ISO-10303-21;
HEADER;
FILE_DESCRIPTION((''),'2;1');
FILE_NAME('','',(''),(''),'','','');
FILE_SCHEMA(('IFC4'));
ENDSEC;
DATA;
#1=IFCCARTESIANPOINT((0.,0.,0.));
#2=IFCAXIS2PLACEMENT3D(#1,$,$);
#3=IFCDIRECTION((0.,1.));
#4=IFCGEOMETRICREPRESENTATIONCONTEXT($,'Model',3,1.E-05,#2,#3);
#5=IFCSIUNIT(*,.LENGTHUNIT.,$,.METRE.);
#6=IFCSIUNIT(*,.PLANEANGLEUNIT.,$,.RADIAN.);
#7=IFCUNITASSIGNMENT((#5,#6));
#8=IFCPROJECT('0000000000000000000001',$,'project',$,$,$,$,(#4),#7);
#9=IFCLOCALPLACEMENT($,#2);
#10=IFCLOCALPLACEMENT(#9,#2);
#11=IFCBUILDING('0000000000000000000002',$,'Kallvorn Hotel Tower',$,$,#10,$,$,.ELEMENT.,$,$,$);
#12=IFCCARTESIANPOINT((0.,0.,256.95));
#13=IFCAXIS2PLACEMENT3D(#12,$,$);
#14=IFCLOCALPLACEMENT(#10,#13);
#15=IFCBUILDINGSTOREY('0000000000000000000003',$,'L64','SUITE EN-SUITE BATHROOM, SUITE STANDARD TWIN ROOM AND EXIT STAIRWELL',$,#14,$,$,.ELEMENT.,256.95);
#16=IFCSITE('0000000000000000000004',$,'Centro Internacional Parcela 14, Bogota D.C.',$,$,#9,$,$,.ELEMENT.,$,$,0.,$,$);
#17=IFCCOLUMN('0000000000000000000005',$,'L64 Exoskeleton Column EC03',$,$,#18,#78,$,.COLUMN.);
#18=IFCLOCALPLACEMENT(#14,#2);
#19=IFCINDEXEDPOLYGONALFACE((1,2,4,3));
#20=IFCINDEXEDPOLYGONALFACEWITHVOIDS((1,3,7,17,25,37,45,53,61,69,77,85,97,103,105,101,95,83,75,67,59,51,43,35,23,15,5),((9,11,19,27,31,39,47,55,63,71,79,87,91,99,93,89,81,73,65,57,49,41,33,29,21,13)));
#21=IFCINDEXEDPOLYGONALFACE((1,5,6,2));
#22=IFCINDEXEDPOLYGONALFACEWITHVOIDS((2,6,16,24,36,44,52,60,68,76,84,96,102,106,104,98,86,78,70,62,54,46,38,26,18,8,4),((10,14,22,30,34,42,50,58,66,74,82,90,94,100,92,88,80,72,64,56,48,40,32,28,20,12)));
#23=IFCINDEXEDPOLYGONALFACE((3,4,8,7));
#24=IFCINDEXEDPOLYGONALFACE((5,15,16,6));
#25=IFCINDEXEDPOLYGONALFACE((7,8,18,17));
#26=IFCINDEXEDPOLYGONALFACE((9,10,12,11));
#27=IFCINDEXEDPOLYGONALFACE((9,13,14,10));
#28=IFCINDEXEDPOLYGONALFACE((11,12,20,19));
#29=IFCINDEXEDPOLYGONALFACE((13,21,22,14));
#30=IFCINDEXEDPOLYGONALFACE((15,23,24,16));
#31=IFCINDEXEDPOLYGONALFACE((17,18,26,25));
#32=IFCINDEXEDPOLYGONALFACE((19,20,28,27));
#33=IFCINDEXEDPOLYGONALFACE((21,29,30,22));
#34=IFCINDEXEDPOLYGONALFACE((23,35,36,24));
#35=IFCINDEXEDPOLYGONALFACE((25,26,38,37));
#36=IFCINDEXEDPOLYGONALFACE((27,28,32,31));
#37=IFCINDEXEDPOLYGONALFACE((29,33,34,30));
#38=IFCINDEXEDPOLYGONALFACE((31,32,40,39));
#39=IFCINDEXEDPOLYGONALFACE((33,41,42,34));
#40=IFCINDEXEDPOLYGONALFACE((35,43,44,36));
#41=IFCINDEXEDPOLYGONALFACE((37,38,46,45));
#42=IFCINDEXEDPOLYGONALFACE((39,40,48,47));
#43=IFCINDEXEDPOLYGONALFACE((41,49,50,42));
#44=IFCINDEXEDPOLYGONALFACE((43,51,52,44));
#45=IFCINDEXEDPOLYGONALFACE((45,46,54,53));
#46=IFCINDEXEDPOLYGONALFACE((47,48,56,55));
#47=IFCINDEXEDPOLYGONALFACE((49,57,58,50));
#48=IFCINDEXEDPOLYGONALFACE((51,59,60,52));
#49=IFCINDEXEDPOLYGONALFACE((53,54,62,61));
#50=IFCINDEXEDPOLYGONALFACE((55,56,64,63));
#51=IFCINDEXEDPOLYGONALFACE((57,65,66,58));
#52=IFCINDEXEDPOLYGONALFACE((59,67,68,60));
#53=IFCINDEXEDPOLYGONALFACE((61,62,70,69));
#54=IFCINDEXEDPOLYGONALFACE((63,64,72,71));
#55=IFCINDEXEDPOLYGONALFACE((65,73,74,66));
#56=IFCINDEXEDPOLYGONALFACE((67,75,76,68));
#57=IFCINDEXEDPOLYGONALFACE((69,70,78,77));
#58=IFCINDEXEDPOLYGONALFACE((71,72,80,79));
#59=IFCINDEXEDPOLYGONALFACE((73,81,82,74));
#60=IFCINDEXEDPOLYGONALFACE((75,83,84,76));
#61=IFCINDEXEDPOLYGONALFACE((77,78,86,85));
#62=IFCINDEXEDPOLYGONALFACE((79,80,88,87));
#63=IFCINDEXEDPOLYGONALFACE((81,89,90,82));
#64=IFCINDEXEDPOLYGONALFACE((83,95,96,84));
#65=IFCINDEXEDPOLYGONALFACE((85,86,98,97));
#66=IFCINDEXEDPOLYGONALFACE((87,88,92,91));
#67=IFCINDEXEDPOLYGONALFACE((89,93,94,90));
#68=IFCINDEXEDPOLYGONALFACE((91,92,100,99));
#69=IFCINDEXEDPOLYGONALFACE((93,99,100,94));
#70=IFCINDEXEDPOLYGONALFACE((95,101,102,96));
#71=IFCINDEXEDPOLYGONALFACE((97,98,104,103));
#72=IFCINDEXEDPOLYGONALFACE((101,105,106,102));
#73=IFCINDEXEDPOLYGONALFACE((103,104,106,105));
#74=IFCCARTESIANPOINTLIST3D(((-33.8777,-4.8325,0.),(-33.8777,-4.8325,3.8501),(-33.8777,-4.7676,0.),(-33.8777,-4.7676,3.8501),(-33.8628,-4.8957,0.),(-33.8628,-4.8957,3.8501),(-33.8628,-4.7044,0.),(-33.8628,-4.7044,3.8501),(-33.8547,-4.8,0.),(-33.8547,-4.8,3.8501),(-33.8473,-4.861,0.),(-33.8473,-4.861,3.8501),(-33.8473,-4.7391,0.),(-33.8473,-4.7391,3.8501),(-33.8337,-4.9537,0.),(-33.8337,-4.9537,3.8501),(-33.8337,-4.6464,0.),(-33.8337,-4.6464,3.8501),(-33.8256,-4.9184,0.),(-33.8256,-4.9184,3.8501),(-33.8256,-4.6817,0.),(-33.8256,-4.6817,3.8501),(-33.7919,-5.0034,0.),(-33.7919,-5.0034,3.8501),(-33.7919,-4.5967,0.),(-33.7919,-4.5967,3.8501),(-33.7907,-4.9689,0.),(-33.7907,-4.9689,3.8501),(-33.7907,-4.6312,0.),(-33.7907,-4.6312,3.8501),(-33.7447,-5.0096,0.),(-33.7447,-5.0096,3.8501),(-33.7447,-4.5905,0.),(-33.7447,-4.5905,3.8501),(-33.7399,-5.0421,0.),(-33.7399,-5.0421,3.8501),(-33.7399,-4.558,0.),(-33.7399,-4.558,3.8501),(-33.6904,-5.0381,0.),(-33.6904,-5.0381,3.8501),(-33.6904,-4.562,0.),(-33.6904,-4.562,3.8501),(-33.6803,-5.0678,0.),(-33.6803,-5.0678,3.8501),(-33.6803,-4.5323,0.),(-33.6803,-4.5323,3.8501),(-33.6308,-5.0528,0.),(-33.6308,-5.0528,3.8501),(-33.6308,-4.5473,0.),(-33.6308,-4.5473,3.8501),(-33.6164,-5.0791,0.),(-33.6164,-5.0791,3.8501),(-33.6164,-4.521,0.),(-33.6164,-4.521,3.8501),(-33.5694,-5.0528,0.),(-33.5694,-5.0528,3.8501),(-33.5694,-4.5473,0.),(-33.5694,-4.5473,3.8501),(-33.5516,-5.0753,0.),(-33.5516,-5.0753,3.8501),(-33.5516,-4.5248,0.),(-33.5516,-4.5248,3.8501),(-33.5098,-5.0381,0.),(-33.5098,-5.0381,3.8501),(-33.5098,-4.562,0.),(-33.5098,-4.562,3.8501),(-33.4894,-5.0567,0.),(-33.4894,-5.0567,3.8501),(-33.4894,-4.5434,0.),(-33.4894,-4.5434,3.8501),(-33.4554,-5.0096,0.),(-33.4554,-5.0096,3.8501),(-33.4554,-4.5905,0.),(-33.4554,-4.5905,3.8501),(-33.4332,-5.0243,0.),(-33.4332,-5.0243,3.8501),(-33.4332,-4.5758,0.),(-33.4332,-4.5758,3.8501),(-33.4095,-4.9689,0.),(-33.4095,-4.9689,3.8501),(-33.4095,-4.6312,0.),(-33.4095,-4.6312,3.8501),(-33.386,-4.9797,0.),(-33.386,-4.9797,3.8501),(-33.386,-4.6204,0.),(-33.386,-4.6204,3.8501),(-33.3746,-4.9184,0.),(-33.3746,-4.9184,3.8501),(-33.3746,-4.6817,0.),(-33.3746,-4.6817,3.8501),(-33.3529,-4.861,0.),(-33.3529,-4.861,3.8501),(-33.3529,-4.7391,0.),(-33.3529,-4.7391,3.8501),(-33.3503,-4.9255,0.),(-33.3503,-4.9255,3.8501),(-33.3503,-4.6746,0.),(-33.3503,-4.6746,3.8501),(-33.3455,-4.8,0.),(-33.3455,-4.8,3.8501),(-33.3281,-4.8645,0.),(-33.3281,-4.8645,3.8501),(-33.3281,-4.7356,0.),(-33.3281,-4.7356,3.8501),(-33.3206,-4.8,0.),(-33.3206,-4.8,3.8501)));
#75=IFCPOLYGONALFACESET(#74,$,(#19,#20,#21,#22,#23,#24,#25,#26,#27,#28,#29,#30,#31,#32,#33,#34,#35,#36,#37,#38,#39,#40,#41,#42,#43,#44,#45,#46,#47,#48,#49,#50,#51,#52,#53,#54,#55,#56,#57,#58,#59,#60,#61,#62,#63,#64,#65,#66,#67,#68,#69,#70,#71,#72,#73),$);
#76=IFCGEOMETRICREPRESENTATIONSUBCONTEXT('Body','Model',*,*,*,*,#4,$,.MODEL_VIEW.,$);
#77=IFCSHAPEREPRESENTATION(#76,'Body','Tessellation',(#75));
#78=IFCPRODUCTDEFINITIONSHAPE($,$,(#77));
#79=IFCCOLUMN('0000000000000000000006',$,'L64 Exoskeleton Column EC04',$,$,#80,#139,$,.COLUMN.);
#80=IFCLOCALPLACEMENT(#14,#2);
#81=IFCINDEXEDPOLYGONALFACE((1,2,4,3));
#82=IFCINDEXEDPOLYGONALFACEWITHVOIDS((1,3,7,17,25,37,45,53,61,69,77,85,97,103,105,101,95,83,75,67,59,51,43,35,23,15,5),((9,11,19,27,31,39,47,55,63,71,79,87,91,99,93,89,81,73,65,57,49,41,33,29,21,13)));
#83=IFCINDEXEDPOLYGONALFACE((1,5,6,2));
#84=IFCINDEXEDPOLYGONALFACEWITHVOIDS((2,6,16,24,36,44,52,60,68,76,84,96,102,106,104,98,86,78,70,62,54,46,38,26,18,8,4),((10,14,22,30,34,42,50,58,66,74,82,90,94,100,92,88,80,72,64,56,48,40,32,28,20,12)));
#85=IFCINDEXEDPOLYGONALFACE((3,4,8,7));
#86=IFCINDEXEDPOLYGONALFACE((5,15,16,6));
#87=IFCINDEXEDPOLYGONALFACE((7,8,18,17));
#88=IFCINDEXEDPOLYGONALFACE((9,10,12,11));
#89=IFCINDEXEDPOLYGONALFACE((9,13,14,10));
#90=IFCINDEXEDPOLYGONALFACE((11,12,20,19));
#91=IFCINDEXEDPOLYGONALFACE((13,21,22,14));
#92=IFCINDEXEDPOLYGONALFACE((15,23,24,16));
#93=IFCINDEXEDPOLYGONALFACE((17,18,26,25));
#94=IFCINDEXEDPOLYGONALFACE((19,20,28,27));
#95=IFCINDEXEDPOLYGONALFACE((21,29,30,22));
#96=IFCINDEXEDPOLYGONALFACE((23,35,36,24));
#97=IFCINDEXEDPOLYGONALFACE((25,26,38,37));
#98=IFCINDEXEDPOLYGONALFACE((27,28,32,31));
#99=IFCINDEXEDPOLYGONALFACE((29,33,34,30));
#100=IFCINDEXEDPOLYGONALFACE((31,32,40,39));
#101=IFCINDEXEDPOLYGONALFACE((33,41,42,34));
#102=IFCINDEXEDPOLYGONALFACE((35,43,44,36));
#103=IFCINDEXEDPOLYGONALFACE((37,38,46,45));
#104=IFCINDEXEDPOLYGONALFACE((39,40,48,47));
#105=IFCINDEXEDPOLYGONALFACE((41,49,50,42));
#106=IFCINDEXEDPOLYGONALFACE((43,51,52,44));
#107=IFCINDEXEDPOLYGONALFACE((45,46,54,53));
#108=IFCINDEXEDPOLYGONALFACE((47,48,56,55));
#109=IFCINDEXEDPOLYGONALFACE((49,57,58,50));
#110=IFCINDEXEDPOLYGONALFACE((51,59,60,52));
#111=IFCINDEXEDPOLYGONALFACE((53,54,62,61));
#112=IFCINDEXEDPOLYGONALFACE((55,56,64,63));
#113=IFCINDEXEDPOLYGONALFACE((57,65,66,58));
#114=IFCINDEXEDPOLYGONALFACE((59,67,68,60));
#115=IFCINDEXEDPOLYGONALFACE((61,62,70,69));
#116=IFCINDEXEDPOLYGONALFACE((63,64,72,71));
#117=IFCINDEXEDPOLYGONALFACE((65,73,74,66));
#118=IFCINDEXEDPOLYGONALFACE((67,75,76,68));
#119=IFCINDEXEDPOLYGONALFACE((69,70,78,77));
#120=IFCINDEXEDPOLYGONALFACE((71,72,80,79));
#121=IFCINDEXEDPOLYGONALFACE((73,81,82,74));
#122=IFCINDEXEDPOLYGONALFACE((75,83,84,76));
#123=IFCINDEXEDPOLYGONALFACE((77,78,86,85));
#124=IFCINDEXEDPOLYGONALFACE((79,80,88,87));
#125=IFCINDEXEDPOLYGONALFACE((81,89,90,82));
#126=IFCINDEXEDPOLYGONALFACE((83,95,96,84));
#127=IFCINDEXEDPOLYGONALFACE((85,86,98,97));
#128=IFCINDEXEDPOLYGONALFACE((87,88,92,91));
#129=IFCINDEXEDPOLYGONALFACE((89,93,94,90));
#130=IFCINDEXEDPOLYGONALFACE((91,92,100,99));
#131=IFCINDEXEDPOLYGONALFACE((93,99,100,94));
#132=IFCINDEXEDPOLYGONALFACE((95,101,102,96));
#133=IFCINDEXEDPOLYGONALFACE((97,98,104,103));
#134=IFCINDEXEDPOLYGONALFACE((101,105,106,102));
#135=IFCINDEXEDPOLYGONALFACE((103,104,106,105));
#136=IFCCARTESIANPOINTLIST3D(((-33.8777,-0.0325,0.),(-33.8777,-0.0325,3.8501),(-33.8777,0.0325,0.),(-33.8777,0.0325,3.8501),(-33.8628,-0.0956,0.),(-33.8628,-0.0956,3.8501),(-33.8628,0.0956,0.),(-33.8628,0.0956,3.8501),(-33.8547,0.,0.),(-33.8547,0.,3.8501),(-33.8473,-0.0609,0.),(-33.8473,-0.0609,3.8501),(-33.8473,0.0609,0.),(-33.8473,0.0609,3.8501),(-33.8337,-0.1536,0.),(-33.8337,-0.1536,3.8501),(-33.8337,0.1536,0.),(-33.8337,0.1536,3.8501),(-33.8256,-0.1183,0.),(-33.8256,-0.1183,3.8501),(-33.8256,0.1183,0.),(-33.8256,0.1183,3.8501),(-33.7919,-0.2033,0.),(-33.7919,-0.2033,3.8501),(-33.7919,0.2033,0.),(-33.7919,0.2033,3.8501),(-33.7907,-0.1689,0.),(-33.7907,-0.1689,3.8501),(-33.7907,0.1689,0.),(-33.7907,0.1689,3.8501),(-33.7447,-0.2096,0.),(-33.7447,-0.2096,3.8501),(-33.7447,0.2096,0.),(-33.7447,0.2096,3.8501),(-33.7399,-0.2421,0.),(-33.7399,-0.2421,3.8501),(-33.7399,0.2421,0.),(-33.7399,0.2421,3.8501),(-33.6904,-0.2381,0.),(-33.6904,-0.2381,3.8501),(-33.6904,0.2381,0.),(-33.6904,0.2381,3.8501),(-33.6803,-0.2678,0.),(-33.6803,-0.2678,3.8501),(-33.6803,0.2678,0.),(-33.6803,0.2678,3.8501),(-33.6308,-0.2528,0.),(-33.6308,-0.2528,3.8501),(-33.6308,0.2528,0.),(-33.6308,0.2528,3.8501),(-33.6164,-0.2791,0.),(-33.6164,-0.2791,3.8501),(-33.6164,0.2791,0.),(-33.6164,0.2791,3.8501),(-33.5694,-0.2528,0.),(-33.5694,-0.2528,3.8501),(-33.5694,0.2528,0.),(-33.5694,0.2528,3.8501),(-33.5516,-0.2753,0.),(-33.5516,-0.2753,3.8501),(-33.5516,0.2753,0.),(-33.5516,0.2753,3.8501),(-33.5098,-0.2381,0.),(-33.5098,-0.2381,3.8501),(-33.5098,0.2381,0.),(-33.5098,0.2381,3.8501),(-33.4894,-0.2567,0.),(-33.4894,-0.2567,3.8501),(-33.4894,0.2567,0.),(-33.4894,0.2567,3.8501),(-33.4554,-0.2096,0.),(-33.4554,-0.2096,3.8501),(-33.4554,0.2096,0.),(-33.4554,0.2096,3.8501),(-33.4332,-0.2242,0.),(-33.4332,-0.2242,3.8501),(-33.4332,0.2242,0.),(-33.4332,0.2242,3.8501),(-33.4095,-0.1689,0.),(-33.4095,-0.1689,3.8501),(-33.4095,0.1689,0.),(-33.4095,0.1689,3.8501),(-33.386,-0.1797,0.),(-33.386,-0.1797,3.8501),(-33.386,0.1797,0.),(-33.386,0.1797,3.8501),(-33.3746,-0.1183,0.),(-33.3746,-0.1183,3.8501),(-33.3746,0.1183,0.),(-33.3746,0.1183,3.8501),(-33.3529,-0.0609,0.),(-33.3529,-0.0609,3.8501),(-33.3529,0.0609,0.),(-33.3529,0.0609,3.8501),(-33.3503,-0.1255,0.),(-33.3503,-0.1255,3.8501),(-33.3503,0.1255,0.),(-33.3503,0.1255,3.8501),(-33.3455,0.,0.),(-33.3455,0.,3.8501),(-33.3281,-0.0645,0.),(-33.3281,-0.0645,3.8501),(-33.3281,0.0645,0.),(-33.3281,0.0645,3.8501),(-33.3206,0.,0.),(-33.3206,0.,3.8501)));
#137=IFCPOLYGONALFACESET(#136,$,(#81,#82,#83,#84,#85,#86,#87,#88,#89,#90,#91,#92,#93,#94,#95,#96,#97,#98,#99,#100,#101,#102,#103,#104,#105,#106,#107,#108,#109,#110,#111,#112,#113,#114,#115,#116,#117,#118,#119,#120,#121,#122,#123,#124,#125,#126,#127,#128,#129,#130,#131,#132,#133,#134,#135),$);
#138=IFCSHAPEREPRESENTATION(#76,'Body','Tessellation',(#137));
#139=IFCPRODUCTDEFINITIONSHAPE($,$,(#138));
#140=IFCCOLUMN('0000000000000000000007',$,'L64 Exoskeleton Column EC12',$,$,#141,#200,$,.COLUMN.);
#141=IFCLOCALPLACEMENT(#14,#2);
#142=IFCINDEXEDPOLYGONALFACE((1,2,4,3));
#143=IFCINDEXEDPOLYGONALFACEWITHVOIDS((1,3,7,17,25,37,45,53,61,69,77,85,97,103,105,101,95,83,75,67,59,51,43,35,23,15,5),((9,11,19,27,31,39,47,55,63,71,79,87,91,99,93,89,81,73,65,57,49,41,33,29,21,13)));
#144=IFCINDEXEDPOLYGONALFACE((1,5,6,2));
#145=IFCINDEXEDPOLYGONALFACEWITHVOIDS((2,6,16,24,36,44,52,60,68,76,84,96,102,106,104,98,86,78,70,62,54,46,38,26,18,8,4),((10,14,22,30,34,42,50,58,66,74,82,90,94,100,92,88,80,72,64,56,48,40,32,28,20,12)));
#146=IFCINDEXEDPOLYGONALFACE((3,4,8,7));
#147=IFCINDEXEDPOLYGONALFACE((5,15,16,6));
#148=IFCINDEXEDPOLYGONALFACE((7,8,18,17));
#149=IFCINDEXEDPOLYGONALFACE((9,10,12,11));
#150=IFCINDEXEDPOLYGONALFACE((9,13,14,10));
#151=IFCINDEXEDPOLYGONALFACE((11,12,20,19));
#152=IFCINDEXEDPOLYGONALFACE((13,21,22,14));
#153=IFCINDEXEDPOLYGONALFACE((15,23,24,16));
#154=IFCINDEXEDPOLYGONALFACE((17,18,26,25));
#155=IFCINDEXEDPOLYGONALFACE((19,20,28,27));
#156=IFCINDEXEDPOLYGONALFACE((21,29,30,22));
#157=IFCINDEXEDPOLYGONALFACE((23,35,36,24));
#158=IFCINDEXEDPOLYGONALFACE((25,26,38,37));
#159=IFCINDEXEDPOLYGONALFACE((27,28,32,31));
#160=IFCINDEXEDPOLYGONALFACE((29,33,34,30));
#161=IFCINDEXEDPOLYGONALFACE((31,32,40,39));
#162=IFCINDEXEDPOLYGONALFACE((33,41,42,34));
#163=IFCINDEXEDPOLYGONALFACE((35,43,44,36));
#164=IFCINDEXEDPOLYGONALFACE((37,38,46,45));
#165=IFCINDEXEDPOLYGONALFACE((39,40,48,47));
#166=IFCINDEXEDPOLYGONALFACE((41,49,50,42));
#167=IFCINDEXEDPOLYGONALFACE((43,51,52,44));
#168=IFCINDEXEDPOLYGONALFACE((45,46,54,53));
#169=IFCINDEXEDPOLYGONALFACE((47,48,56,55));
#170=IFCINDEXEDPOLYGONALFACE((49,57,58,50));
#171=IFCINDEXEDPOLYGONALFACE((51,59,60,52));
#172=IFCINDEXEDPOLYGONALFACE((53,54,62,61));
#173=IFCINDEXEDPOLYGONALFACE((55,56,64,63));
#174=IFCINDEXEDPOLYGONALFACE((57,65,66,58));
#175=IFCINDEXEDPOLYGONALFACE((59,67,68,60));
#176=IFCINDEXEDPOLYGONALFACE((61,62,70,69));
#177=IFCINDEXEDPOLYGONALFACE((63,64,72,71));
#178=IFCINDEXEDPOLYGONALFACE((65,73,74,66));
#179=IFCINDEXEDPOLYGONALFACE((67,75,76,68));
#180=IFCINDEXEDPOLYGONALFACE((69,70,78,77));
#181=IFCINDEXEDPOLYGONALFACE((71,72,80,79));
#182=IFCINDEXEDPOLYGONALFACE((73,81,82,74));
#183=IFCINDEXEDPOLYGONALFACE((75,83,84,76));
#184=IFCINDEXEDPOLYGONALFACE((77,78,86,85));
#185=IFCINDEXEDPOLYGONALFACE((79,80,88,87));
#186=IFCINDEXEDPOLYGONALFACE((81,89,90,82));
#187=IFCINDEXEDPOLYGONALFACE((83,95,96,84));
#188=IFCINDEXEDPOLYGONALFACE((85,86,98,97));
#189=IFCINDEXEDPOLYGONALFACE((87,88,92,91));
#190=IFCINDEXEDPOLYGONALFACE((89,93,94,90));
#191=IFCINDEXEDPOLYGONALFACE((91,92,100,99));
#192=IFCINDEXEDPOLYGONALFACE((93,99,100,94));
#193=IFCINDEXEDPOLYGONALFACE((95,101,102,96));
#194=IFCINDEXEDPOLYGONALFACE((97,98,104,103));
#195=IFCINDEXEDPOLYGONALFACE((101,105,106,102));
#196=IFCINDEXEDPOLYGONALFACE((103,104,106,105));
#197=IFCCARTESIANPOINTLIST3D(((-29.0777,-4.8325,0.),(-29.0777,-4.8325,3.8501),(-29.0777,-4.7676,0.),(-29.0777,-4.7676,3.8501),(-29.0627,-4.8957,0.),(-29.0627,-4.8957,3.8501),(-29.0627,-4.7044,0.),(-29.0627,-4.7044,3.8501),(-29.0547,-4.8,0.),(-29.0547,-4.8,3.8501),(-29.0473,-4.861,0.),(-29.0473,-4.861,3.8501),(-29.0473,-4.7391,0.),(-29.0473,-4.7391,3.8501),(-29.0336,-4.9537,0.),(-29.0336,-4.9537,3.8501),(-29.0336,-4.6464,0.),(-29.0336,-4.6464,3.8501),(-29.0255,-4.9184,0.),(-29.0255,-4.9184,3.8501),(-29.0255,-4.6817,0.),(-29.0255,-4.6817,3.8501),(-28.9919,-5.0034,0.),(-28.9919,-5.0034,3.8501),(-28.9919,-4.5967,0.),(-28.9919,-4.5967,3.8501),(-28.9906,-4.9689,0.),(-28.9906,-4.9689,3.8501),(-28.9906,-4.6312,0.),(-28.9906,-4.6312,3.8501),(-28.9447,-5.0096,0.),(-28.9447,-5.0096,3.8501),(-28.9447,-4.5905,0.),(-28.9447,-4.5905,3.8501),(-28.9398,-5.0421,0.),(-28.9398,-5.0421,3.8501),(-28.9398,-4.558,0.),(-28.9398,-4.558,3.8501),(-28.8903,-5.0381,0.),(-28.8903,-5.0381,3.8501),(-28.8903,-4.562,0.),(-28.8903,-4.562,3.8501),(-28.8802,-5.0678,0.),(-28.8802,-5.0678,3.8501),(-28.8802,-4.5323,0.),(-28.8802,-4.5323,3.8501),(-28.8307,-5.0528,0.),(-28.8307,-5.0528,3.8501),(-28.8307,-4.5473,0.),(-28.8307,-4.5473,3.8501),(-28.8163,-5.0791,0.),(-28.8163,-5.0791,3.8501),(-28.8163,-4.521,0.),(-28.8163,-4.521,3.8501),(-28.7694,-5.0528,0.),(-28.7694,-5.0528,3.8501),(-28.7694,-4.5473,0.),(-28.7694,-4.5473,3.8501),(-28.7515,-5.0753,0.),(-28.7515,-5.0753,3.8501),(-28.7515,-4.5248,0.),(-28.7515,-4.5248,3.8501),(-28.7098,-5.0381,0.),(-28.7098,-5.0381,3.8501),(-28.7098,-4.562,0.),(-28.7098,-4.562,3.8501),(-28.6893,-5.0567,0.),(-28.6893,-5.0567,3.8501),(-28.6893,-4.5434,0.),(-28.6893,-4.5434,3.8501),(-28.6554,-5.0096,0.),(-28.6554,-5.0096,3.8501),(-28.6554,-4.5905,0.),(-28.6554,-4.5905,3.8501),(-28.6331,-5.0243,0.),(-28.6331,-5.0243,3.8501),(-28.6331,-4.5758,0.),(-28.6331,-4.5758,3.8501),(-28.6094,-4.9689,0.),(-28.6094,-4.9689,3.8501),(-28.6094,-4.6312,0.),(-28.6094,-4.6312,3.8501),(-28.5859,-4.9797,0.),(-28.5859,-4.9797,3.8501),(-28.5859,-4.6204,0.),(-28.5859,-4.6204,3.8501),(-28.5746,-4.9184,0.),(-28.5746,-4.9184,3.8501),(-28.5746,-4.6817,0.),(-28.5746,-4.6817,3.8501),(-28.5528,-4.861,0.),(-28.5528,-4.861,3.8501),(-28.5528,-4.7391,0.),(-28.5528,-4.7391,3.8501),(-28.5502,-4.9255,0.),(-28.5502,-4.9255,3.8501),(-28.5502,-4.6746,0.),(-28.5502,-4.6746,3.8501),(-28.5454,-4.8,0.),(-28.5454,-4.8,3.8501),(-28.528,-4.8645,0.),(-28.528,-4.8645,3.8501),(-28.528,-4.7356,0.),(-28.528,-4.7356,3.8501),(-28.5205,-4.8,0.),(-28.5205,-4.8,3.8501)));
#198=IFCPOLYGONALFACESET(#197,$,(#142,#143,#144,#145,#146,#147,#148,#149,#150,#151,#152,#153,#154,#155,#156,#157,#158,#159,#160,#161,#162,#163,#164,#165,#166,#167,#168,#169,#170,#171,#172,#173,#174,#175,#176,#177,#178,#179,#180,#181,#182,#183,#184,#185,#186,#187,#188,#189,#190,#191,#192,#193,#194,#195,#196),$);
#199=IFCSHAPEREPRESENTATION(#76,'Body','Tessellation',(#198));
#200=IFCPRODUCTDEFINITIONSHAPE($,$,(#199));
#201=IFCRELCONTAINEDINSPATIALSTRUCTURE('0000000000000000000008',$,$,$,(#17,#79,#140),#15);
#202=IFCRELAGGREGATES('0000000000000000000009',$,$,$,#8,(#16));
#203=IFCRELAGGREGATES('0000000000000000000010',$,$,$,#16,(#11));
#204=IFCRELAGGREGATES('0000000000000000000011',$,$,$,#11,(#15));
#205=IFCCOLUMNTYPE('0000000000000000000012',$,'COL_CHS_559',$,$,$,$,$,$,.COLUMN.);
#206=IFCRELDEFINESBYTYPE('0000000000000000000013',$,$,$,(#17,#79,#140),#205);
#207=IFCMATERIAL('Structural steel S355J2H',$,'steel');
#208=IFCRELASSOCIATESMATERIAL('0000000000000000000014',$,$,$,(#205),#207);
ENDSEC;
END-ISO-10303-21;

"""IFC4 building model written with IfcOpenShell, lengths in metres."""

from ifc_helpers import new_model, si_unit, direction, frame, origin, origin_2d, place, context, subcontext, project, spatial, hollow_circle, extrude, material, material_profile, profile_set, type_object, element, save


model = new_model("IFC4")

# Units and contexts
model_context = context("Model", 3, precision=1e-05, world=origin(), true_north=direction((0.0, 1.0)))
body_context = subcontext(model_context, "Body", "Model", "MODEL_VIEW")
ifc_project = project(units=[si_unit("LENGTHUNIT", "METRE"), si_unit("PLANEANGLEUNIT", "RADIAN")], contexts=[model_context])

# Site, building, storey
site_placement = place(None, origin())
site = spatial("IfcSite", under=ifc_project, at=site_placement, Name="Centro Internacional Parcela 14, Bogota D.C.", CompositionType="ELEMENT", RefElevation=0.0)
building_placement = place(site_placement, origin())
building = spatial("IfcBuilding", under=site, at=building_placement, Name="Kallvorn Hotel Tower", CompositionType="ELEMENT")
storey_placement = place(building_placement, frame((0.0, 0.0, 256.95)))
storey = spatial("IfcBuildingStorey", under=building, at=storey_placement, Name="L64", Description="SUITE EN-SUITE BATHROOM, SUITE STANDARD TWIN ROOM AND EXIT STAIRWELL", CompositionType="ELEMENT", Elevation=256.95)

# Columns
ifc_material_1 = material(Name="Structural steel S355J2H", Category="steel")
ifc_material_profile_1 = material_profile(ifc_material_1, hollow_circle(Radius=0.2795, WallThickness=0.0249, at=origin_2d()), Name="CHS 559x25")
ifc_profile_set_1 = profile_set([ifc_material_profile_1], Name="Structural steel S355J2H")
column_type_1 = type_object("IfcColumnType", Name="COL_CHS_559", PredefinedType="COLUMN", material=ifc_profile_set_1)
for number, where, z_axis, x_axis, name in (
    (1, (-33.6001, -4.8, 0.0), (0.0, 0.0, 1.0), (1.0, 0.0, 0.0), "L64 Exoskeleton Column EC03"),
    (2, (-33.6001, 0.0, 0.0), (0.0, 0.0, 1.0), (1.0, 0.0, 0.0), "L64 Exoskeleton Column EC04"),
    (3, (-28.8, -4.8, 0.0), (0.0, 0.0, 1.0), (1.0, 0.0, 0.0), "L64 Exoskeleton Column EC12"),
):
    element("IfcColumn", number, at=place(storey_placement, frame(where, z_axis=z_axis, x_axis=x_axis)), inside=storey, type_object=column_type_1, Name=name, PredefinedType="COLUMN", context=body_context, shape_type="SweptSolid", body=[
        extrude(hollow_circle(Radius=0.2795, WallThickness=0.0249, at=origin_2d()), origin(), (0.0, 0.0, 1.0), 3.8501),
    ])

save(model, "model.ifc")
